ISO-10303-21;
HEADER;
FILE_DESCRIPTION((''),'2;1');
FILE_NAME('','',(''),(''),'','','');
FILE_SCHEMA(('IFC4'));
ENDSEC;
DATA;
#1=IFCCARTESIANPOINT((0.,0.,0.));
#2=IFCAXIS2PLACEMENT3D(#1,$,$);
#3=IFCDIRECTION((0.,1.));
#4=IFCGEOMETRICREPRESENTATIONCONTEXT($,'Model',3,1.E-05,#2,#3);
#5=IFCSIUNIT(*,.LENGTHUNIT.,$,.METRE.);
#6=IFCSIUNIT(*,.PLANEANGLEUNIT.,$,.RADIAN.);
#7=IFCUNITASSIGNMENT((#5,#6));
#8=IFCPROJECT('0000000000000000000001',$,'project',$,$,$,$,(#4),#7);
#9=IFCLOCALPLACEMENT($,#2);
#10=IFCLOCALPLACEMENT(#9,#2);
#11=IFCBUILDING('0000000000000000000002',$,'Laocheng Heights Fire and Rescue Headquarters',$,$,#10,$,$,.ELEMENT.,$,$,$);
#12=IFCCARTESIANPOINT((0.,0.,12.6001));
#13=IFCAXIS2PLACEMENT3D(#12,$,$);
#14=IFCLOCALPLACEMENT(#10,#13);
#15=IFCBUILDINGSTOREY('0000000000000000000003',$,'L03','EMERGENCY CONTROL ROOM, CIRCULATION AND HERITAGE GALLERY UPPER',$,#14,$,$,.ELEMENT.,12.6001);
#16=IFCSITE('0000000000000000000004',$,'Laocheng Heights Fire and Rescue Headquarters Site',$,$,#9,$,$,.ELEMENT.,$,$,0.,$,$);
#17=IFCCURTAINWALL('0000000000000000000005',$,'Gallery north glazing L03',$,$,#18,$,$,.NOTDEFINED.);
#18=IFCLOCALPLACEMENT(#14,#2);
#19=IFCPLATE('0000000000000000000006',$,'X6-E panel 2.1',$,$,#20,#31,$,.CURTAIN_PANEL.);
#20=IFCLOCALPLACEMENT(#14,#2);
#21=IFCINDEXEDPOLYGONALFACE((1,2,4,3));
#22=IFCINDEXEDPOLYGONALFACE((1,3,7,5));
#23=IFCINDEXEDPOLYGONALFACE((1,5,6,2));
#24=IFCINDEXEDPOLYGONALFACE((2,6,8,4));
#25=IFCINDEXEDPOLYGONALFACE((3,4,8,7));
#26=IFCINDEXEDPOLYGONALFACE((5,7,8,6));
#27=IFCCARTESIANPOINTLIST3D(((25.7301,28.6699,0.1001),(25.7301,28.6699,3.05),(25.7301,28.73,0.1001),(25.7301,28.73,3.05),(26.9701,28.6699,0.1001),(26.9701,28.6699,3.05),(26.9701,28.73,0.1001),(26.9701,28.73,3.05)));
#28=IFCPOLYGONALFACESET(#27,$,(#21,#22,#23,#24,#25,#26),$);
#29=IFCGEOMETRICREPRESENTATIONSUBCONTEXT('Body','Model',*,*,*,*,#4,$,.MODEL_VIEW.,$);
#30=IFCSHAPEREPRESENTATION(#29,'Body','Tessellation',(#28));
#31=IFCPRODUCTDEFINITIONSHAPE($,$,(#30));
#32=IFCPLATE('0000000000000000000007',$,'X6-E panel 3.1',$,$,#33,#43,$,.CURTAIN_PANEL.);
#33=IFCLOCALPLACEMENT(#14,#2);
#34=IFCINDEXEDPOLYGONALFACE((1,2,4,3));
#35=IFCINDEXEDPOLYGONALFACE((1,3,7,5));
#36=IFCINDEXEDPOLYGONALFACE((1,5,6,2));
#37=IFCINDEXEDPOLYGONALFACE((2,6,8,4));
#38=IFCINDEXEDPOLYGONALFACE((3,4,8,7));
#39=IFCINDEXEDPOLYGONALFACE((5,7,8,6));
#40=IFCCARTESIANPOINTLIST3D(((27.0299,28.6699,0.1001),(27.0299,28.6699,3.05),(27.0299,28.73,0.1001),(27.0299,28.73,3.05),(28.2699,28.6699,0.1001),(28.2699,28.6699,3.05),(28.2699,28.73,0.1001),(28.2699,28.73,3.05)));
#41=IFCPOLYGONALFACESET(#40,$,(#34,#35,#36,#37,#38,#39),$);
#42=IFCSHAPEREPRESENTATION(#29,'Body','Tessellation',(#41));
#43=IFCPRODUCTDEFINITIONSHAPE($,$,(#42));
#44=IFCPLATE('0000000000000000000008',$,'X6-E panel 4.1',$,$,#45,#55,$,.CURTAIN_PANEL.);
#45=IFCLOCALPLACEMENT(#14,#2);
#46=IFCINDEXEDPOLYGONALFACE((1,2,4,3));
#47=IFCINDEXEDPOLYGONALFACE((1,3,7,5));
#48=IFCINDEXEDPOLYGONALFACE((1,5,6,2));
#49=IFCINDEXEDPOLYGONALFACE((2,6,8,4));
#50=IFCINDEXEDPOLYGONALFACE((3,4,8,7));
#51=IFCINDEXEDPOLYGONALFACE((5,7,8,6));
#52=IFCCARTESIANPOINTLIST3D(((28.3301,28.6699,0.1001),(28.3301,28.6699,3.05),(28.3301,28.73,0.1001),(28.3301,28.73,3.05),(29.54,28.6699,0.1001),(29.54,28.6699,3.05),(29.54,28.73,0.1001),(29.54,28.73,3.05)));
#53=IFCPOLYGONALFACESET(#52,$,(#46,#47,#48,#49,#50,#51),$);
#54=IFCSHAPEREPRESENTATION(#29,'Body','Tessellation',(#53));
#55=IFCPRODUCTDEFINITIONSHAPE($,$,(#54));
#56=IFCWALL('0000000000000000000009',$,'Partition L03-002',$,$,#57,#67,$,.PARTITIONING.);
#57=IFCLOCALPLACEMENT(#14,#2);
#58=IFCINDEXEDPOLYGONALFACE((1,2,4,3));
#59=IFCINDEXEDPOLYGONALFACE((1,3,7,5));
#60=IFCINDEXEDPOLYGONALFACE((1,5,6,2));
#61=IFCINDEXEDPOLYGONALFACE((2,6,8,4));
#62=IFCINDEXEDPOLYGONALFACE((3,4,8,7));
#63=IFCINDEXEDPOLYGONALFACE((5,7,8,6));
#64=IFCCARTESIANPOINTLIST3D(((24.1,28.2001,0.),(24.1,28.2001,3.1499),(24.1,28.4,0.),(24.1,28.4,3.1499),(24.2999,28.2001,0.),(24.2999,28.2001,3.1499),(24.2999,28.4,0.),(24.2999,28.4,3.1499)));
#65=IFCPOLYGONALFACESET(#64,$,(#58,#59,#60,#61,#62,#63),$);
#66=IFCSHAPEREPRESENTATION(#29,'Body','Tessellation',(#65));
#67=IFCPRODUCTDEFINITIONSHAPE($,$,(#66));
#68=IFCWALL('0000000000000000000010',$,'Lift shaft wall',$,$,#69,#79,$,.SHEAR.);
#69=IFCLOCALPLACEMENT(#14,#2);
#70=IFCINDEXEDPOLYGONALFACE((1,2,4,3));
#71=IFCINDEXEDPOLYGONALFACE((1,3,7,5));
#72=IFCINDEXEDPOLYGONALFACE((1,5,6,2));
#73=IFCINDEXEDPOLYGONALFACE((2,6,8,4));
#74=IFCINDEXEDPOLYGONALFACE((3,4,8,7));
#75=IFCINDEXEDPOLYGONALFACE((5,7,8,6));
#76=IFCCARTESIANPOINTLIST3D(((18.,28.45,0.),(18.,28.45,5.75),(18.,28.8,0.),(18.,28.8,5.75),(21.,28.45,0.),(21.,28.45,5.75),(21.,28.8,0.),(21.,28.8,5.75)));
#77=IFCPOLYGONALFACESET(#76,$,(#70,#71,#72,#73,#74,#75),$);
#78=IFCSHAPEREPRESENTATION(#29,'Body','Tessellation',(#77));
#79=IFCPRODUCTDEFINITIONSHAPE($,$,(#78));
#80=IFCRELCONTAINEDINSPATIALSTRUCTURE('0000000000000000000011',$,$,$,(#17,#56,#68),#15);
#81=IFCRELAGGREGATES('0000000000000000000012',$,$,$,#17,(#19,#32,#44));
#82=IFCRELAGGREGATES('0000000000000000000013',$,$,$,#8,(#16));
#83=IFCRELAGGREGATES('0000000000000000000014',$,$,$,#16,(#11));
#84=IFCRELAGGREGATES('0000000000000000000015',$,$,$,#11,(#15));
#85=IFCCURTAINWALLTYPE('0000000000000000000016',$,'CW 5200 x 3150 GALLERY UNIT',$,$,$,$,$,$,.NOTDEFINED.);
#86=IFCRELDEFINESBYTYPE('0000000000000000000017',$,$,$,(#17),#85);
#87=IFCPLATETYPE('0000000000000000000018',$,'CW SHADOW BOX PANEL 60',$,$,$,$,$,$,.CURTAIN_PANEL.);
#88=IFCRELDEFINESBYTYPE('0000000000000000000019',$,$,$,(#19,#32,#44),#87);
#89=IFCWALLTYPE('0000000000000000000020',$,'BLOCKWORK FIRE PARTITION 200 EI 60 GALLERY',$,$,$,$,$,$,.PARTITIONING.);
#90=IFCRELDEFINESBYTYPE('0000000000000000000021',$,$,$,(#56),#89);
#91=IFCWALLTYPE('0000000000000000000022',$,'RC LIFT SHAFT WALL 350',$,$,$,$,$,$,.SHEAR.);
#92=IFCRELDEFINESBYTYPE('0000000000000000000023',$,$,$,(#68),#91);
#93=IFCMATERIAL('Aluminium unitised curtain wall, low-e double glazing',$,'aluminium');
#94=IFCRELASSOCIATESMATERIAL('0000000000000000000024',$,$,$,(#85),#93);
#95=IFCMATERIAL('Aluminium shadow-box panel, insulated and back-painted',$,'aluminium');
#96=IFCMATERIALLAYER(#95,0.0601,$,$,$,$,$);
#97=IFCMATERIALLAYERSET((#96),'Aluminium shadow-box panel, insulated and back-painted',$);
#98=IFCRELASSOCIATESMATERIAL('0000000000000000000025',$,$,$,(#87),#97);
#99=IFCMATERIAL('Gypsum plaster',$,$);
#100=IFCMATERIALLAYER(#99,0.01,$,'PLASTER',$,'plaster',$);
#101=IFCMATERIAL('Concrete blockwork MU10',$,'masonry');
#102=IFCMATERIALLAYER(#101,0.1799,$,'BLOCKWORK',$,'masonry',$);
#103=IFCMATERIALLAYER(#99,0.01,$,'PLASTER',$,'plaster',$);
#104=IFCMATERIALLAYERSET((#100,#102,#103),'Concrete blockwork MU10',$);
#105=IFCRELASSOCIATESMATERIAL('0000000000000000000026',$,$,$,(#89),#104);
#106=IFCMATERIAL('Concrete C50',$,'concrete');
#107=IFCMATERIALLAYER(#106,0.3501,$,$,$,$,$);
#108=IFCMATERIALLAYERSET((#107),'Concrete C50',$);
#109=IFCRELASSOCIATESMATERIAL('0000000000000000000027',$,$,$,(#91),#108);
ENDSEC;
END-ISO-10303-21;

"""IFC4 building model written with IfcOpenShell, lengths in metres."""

from ifc_helpers import new_model, si_unit, direction, frame, frame_2d, origin, origin_2d, place, context, subcontext, project, spatial, rectangle, extrude, material, layer, layer_set, type_object, element, aggregate, save


model = new_model("IFC4")

# Units and contexts
model_context = context("Model", 3, precision=1e-05, world=origin(), true_north=direction((0.0, 1.0)))
body_context = subcontext(model_context, "Body", "Model", "MODEL_VIEW")
ifc_project = project(units=[si_unit("LENGTHUNIT", "METRE"), si_unit("PLANEANGLEUNIT", "RADIAN")], contexts=[model_context])

# Site, building, storey
site_placement = place(None, origin())
site = spatial("IfcSite", under=ifc_project, at=site_placement, Name="Laocheng Heights Fire and Rescue Headquarters Site", CompositionType="ELEMENT", RefElevation=0.0)
building_placement = place(site_placement, origin())
building = spatial("IfcBuilding", under=site, at=building_placement, Name="Laocheng Heights Fire and Rescue Headquarters", CompositionType="ELEMENT")
storey_placement = place(building_placement, frame((0.0, 0.0, 12.6001)))
storey = spatial("IfcBuildingStorey", under=building, at=storey_placement, Name="L03", Description="EMERGENCY CONTROL ROOM, CIRCULATION AND HERITAGE GALLERY UPPER", CompositionType="ELEMENT", Elevation=12.6001)

# Curtain wall
ifc_material_1 = material(Name="Aluminium unitised curtain wall, low-e double glazing", Category="aluminium")
curtain_wall_type_1 = type_object("IfcCurtainWallType", Name="CW 5200 x 3150 GALLERY UNIT", PredefinedType="NOTDEFINED", material=ifc_material_1)
curtain_wall_1_placement = place(storey_placement, origin())
curtain_wall_1 = element("IfcCurtainWall", 1, at=curtain_wall_1_placement, inside=storey, type_object=curtain_wall_type_1, Name="Gallery north glazing L03", PredefinedType="NOTDEFINED")

# Plates
ifc_material_2 = material(Name="Aluminium shadow-box panel, insulated and back-painted", Category="aluminium")
ifc_layer_1 = layer(ifc_material_2, 0.0601)
ifc_layer_set_1 = layer_set([ifc_layer_1], Name="Aluminium shadow-box panel, insulated and back-painted")
plate_type = type_object("IfcPlateType", Name="CW SHADOW BOX PANEL 60", PredefinedType="CURTAIN_PANEL", material=ifc_layer_set_1)
plate_1_placement = place(storey_placement, frame((26.3501, 28.7, 0.1001), z_axis=(0.0, 0.0, 1.0), x_axis=(1.0, 0.0, 0.0)))
plate_1 = element("IfcPlate", 2, at=plate_1_placement, type_object=plate_type, Name="X6-E panel 2.1", PredefinedType="CURTAIN_PANEL", context=body_context, shape_type="SweptSolid", body=[
    extrude(rectangle(XDim=1.24, YDim=0.0601, at=origin_2d()), origin(), (0.0, 0.0, 1.0), 2.95),
])
plate_2_placement = place(storey_placement, frame((27.6499, 28.7, 0.1001), z_axis=(0.0, 0.0, 1.0), x_axis=(1.0, 0.0, 0.0)))
plate_2 = element("IfcPlate", 3, at=plate_2_placement, type_object=plate_type, Name="X6-E panel 3.1", PredefinedType="CURTAIN_PANEL", context=body_context, shape_type="SweptSolid", body=[
    extrude(rectangle(XDim=1.24, YDim=0.0601, at=origin_2d()), origin(), (0.0, 0.0, 1.0), 2.95),
])
plate_3_placement = place(storey_placement, frame((28.9351, 28.7, 0.1001), z_axis=(0.0, 0.0, 1.0), x_axis=(1.0, 0.0, 0.0)))
plate_3 = element("IfcPlate", 4, at=plate_3_placement, type_object=plate_type, Name="X6-E panel 4.1", PredefinedType="CURTAIN_PANEL", context=body_context, shape_type="SweptSolid", body=[
    extrude(rectangle(XDim=1.21, YDim=0.0601, at=origin_2d()), origin(), (0.0, 0.0, 1.0), 2.95),
])
aggregate(curtain_wall_1, [plate_1, plate_2, plate_3])

# Walls
ifc_material_3 = material(Name="Gypsum plaster")
ifc_layer_2 = layer(ifc_material_3, 0.01, Name="PLASTER", Category="plaster")
ifc_material_4 = material(Name="Concrete blockwork MU10", Category="masonry")
ifc_layer_3 = layer(ifc_material_4, 0.1799, Name="BLOCKWORK", Category="masonry")
ifc_layer_4 = layer(ifc_material_3, 0.01, Name="PLASTER", Category="plaster")
ifc_layer_set_2 = layer_set([ifc_layer_2, ifc_layer_3, ifc_layer_4], Name="Concrete blockwork MU10")
wall_type_1 = type_object("IfcWallType", Name="BLOCKWORK FIRE PARTITION 200 EI 60 GALLERY", PredefinedType="PARTITIONING", material=ifc_layer_set_2)
wall_1_placement = place(storey_placement, frame((24.2, 28.2, 0.0), z_axis=(0.0, 0.0, 1.0), x_axis=(0.0, 1.0, 0.0)))
element("IfcWall", 5, at=wall_1_placement, inside=storey, type_object=wall_type_1, Name="Partition L03-002", PredefinedType="PARTITIONING", context=body_context, shape_type="SweptSolid", body=[
    extrude(rectangle(XDim=0.2, YDim=0.2, at=frame_2d((0.1001, 0.0))), origin(), (0.0, 0.0, 1.0), 3.1499),
])
ifc_material_5 = material(Name="Concrete C50", Category="concrete")
ifc_layer_5 = layer(ifc_material_5, 0.3501)
ifc_layer_set_3 = layer_set([ifc_layer_5], Name="Concrete C50")
wall_type_2 = type_object("IfcWallType", Name="RC LIFT SHAFT WALL 350", PredefinedType="SHEAR", material=ifc_layer_set_3)
wall_2_placement = place(storey_placement, frame((18.0, 28.625, 0.0), z_axis=(0.0, 0.0, 1.0), x_axis=(1.0, 0.0, 0.0)))
element("IfcWall", 6, at=wall_2_placement, inside=storey, type_object=wall_type_2, Name="Lift shaft wall", PredefinedType="SHEAR", context=body_context, shape_type="SweptSolid", body=[
    extrude(rectangle(XDim=3.0, YDim=0.3501, at=frame_2d((1.5, 0.0))), origin(), (0.0, 0.0, 1.0), 5.75),
])

save(model, "model.ifc")
